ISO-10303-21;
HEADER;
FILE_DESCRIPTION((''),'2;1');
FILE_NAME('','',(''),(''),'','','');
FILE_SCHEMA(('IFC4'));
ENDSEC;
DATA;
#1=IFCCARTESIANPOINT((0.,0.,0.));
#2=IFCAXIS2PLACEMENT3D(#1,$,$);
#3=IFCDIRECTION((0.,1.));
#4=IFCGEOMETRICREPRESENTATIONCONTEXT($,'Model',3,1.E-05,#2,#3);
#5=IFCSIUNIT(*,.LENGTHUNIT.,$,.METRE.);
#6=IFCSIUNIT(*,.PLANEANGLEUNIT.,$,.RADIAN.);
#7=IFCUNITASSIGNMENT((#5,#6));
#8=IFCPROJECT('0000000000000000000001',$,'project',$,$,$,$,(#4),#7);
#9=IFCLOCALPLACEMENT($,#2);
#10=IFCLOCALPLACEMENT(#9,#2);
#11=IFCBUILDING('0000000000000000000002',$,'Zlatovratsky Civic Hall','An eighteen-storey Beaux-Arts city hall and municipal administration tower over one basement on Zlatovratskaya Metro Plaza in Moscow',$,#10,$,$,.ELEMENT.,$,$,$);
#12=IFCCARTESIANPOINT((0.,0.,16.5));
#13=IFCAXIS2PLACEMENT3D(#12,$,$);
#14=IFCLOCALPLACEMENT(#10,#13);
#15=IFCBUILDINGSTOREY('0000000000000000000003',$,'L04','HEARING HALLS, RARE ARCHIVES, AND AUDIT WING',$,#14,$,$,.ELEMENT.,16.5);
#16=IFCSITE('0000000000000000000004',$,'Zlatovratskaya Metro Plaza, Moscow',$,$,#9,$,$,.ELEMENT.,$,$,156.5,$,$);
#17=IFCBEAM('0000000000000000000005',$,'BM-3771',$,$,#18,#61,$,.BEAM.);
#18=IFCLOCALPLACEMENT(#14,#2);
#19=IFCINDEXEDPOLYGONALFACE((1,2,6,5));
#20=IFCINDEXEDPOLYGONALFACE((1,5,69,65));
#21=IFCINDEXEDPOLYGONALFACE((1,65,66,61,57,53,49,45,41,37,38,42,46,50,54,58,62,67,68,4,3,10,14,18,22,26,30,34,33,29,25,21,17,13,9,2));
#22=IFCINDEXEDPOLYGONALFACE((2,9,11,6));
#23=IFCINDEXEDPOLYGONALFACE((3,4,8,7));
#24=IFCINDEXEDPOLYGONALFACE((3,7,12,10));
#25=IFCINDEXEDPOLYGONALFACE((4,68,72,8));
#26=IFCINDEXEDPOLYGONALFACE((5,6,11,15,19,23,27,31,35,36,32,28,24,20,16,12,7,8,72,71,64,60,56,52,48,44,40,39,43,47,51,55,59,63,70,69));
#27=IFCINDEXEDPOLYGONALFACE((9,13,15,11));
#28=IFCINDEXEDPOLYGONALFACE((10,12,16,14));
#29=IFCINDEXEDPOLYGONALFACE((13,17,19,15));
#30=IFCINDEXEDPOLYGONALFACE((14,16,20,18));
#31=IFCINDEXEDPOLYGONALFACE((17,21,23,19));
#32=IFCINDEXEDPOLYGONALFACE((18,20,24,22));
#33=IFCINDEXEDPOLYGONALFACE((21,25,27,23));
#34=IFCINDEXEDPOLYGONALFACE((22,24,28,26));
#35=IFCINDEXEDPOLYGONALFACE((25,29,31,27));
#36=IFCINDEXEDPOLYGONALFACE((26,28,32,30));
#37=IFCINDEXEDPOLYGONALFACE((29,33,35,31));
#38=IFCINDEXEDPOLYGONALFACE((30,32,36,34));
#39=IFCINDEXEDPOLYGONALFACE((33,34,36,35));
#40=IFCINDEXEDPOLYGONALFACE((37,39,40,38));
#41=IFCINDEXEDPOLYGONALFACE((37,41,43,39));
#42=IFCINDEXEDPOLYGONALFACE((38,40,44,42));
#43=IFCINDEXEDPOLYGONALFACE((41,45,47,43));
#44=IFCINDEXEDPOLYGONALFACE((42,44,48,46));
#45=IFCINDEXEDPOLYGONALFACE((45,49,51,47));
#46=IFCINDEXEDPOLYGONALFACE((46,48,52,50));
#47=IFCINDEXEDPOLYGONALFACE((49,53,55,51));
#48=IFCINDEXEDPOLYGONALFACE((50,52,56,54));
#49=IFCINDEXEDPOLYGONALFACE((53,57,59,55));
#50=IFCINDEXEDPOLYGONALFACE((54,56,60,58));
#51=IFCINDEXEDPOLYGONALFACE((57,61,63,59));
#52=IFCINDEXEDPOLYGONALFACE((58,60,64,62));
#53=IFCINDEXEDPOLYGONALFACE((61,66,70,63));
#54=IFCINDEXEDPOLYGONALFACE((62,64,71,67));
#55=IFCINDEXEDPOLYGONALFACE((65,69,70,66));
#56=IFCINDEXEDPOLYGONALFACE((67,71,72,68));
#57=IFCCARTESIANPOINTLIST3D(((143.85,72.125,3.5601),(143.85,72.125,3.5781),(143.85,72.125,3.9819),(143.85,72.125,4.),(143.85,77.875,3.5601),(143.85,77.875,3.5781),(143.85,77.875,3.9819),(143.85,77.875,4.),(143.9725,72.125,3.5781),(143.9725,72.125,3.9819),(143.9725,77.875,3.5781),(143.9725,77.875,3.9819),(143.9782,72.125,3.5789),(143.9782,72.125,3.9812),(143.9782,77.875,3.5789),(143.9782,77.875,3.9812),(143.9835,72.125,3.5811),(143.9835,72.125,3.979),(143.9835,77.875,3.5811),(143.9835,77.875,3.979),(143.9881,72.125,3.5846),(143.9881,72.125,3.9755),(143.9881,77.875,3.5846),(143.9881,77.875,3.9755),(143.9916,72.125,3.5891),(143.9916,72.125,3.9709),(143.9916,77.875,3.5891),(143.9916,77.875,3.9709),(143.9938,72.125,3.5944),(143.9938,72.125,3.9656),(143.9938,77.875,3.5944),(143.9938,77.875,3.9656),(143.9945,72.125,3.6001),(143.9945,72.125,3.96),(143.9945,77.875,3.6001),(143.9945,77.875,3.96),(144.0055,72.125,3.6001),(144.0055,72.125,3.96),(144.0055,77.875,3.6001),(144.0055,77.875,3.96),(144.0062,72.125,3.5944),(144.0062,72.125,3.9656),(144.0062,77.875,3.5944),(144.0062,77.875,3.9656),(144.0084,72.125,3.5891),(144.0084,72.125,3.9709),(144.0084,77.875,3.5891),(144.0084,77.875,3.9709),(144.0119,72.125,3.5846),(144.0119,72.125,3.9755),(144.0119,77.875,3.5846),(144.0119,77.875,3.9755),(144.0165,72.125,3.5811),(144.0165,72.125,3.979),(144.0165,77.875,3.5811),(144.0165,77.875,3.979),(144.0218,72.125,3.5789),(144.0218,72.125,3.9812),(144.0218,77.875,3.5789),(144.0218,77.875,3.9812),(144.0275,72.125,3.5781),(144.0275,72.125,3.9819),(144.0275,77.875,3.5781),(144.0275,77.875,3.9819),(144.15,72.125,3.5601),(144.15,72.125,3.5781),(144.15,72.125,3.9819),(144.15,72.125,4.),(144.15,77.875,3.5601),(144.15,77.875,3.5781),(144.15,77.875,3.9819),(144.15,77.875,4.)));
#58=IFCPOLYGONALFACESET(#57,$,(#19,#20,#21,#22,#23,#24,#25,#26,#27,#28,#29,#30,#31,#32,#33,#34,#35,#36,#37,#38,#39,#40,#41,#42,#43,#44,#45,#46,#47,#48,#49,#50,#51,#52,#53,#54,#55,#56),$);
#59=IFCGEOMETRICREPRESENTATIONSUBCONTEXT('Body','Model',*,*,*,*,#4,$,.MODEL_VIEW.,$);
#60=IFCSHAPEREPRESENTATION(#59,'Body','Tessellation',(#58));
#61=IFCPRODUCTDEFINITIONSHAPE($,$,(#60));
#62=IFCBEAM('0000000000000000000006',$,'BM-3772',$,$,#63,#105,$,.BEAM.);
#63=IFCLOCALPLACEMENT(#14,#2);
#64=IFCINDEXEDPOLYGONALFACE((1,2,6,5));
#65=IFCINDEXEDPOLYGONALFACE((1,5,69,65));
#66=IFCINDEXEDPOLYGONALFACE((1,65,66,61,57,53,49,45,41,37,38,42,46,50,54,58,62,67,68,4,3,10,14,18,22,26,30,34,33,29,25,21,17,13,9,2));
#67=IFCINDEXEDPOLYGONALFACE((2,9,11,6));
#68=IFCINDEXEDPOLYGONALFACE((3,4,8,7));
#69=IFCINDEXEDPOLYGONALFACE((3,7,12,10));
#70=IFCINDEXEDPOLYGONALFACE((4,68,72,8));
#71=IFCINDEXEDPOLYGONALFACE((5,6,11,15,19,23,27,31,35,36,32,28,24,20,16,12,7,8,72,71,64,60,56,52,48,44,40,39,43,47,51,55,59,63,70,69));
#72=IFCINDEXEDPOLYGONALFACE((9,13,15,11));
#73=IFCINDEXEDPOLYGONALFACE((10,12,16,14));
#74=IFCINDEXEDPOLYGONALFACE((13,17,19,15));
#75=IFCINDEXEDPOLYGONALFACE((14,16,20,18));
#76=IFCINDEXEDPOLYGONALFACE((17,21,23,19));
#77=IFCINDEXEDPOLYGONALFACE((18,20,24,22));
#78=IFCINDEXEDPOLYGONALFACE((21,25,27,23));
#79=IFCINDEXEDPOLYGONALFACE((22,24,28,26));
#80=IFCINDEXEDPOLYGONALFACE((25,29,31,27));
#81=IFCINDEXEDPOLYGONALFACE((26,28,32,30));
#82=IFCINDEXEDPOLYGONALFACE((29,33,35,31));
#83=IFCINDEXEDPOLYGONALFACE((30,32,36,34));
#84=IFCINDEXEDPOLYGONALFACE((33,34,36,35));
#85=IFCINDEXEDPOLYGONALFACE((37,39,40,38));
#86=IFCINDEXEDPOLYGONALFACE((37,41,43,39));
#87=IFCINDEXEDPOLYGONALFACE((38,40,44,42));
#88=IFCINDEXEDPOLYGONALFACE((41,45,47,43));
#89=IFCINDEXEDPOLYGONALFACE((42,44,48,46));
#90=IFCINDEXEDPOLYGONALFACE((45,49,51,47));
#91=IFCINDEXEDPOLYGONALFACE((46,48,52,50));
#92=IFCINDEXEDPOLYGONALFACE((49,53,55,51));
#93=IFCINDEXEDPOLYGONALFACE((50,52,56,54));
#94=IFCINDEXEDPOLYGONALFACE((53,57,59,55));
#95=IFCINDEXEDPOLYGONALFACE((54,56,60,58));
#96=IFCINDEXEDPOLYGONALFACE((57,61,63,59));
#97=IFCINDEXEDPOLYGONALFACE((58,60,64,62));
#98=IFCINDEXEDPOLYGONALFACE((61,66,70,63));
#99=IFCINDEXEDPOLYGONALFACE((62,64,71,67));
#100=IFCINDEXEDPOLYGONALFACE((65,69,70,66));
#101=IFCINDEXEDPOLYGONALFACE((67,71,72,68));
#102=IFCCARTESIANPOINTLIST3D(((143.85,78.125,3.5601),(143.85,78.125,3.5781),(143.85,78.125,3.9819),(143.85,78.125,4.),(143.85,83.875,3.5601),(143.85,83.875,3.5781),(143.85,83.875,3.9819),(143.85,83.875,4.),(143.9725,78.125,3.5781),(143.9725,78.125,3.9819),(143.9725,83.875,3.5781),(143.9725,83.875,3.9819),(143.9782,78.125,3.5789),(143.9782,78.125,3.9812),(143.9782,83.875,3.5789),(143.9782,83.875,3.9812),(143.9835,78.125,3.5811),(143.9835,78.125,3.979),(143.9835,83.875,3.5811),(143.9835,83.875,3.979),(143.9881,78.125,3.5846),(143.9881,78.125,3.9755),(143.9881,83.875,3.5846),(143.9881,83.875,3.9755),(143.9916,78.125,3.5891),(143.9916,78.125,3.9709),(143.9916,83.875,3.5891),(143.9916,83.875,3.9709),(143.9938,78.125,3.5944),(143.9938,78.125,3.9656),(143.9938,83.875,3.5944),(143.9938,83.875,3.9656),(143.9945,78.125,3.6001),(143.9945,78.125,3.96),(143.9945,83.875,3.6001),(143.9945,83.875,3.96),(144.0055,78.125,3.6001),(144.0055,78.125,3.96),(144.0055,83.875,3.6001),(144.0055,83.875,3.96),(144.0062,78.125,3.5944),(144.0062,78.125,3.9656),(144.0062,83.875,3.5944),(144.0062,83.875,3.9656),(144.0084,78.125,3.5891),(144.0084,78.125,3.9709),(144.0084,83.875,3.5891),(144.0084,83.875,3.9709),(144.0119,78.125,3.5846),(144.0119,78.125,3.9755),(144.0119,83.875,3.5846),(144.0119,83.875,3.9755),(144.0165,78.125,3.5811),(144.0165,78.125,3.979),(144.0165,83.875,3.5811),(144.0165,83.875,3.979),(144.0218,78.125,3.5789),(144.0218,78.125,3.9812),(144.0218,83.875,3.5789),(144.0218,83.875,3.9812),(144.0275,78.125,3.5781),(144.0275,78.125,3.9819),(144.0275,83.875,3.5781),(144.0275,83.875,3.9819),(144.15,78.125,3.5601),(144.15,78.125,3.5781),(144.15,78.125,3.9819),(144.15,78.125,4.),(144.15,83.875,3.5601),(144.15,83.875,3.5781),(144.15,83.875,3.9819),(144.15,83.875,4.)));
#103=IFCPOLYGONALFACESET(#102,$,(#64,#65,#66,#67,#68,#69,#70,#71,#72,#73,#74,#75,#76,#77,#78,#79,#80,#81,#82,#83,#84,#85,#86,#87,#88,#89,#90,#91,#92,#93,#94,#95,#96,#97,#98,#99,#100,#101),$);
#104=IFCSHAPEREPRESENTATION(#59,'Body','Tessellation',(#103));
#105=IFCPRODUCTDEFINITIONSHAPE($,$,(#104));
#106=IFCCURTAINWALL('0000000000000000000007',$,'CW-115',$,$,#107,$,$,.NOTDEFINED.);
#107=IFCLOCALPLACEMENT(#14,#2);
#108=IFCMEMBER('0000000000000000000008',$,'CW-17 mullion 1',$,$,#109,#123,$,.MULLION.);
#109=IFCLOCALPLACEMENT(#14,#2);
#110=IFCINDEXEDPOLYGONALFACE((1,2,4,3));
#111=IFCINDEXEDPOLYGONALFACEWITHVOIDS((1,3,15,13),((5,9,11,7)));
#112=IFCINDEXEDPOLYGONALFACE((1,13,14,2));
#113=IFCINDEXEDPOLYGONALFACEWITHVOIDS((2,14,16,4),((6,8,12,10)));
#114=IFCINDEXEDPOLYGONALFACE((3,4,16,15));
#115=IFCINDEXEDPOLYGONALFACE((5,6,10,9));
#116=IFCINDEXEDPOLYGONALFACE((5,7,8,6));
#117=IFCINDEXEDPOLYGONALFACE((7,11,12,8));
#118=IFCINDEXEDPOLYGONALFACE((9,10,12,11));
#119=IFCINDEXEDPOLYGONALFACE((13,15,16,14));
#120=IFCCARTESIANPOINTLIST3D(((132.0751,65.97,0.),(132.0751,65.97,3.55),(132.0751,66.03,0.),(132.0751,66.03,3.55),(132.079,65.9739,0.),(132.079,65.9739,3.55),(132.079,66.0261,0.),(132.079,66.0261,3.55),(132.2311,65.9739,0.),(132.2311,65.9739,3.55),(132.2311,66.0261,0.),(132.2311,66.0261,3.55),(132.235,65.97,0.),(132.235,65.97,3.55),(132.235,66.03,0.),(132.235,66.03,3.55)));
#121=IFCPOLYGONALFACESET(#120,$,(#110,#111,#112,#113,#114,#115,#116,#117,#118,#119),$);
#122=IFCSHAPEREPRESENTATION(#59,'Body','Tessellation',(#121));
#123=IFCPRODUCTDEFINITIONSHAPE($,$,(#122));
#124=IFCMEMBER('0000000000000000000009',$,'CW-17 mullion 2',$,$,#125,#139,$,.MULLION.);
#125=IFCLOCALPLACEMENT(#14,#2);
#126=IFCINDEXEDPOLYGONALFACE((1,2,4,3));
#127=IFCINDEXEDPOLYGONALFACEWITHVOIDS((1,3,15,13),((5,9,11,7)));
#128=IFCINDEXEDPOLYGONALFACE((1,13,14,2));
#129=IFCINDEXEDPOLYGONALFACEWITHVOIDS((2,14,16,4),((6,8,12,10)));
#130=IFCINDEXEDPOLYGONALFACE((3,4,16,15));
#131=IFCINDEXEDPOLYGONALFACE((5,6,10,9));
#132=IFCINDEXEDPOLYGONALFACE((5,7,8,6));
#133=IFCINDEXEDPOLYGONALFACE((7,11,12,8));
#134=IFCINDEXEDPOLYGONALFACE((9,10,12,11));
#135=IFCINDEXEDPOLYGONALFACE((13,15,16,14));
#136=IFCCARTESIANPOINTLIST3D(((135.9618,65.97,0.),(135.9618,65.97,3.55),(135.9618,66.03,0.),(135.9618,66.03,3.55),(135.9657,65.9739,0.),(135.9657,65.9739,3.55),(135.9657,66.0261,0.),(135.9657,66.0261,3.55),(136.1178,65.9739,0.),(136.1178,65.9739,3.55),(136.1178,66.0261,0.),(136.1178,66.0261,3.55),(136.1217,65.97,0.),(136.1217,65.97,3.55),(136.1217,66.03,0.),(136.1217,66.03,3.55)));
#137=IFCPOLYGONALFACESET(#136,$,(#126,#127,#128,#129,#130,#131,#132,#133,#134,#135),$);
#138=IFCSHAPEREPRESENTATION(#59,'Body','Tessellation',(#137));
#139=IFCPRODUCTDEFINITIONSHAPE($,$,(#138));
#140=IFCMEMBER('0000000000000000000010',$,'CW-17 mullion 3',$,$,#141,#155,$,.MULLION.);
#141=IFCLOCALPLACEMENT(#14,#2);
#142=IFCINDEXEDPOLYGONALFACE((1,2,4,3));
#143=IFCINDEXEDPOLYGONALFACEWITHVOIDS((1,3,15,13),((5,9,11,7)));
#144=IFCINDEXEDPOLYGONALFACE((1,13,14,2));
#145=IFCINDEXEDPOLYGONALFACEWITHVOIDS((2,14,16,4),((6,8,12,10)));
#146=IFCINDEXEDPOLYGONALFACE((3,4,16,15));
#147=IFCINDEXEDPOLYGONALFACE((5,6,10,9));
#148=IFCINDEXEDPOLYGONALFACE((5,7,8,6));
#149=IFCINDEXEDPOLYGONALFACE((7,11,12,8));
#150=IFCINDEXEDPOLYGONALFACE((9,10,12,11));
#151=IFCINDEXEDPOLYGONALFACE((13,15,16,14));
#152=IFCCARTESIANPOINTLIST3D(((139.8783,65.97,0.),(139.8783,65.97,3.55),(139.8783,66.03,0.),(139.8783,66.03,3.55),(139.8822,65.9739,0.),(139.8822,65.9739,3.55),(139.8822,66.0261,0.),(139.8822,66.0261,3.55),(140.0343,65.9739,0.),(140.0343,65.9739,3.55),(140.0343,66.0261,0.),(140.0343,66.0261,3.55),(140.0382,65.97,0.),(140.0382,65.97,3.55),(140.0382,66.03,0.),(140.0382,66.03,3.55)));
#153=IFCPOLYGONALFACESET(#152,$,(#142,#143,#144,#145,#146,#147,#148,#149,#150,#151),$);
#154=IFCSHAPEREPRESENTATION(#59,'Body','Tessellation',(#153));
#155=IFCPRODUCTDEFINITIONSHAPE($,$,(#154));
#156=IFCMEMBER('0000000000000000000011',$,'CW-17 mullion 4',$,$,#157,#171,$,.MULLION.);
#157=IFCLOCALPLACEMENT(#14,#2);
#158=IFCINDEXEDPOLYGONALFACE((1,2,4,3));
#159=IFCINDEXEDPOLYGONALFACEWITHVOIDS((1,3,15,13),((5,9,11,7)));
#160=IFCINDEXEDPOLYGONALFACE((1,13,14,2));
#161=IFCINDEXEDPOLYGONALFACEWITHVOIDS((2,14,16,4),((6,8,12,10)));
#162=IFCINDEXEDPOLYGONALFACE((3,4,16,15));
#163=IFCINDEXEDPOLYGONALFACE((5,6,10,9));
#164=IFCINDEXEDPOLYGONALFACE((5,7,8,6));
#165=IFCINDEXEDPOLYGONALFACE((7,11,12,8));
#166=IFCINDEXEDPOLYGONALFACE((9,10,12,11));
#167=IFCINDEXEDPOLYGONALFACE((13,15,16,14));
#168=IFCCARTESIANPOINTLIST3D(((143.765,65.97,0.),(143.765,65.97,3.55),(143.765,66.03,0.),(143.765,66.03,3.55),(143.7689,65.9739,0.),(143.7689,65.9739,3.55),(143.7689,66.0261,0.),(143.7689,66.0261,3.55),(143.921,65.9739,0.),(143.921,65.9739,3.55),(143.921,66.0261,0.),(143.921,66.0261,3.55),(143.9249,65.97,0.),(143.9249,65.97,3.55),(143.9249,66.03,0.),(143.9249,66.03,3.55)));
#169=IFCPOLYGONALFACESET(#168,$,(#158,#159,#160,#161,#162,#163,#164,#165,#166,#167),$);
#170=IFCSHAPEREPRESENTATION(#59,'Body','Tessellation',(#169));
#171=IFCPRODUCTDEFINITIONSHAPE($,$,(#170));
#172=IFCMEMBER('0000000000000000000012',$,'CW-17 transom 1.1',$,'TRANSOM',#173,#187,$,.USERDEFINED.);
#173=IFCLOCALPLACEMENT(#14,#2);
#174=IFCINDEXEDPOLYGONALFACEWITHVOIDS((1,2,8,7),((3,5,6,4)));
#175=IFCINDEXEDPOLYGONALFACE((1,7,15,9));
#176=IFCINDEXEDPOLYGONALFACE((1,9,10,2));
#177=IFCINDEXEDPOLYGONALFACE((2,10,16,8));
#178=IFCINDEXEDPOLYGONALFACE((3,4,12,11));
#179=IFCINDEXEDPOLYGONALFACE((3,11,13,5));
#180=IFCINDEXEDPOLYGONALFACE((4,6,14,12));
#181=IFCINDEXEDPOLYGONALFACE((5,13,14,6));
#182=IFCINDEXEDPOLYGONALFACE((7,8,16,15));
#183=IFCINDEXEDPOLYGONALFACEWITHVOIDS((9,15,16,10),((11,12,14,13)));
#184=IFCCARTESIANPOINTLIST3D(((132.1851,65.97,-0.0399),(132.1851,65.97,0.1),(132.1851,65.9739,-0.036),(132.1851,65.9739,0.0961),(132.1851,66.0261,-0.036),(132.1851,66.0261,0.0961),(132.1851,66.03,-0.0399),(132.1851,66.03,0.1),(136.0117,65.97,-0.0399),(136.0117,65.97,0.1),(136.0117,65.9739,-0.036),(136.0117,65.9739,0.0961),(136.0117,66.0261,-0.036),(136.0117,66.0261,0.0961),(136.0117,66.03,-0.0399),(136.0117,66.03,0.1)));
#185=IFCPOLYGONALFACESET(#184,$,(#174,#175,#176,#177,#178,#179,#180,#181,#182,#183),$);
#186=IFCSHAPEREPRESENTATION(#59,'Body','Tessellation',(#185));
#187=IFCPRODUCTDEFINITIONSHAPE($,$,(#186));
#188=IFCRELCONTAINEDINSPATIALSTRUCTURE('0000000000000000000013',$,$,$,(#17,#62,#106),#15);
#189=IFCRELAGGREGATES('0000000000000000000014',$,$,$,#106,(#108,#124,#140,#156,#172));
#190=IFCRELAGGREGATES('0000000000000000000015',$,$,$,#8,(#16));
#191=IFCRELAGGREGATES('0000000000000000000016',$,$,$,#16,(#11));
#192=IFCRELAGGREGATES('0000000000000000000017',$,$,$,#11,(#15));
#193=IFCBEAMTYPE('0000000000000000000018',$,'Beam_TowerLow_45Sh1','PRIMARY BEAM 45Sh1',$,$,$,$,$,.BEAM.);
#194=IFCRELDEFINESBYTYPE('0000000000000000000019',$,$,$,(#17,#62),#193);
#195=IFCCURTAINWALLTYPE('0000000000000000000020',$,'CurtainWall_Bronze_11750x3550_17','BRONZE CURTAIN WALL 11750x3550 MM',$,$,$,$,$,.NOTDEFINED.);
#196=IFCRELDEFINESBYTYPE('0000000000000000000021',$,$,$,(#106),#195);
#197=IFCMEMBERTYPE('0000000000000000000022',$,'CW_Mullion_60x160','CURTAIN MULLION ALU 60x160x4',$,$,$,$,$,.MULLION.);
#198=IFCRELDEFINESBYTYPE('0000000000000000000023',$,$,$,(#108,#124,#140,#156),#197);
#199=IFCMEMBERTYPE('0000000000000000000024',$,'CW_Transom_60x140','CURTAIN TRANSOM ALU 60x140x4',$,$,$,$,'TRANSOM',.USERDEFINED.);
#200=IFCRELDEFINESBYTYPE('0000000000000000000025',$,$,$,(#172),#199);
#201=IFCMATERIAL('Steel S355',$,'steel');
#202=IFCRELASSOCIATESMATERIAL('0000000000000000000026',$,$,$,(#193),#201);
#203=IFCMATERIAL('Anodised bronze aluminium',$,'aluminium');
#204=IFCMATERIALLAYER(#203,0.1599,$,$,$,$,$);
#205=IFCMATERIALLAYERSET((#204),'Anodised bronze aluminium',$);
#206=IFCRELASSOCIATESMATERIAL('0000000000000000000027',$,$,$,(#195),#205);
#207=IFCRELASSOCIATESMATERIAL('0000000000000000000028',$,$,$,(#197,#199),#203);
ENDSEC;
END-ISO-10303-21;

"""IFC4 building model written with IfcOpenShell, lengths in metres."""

from ifc_helpers import new_model, si_unit, direction, frame, origin, origin_2d, place, context, subcontext, project, spatial, hollow_rectangle, i_section, extrude, material, layer, layer_set, material_profile, profile_set, type_object, element, aggregate, save


model = new_model("IFC4")

# Units and contexts
model_context = context("Model", 3, precision=1e-05, world=origin(), true_north=direction((0.0, 1.0)))
body_context = subcontext(model_context, "Body", "Model", "MODEL_VIEW")
ifc_project = project(units=[si_unit("LENGTHUNIT", "METRE"), si_unit("PLANEANGLEUNIT", "RADIAN")], contexts=[model_context])

# Site, building, storey
site_placement = place(None, origin())
site = spatial("IfcSite", under=ifc_project, at=site_placement, Name="Zlatovratskaya Metro Plaza, Moscow", CompositionType="ELEMENT", RefElevation=156.5)
building_placement = place(site_placement, origin())
building = spatial("IfcBuilding", under=site, at=building_placement, Name="Zlatovratsky Civic Hall", Description="An eighteen-storey Beaux-Arts city hall and municipal administration tower over one basement on Zlatovratskaya Metro Plaza in Moscow", CompositionType="ELEMENT")
storey_placement = place(building_placement, frame((0.0, 0.0, 16.5)))
storey = spatial("IfcBuildingStorey", under=building, at=storey_placement, Name="L04", Description="HEARING HALLS, RARE ARCHIVES, AND AUDIT WING", CompositionType="ELEMENT", Elevation=16.5)

# Shared definitions
ifc_material_1 = material(Name="Steel S355", Category="steel")

# Beams
ifc_material_profile_1 = material_profile(ifc_material_1, i_section(OverallWidth=0.3, OverallDepth=0.4399, WebThickness=0.011, FlangeThickness=0.0181, FilletRadius=0.022, at=origin_2d()), Name="45Sh1")
ifc_profile_set_1 = profile_set([ifc_material_profile_1], Name="Steel S355")
beam_type_1 = type_object("IfcBeamType", Name="Beam_TowerLow_45Sh1", Description="PRIMARY BEAM 45Sh1", PredefinedType="BEAM", material=ifc_profile_set_1)
for number, where, z_axis, x_axis, name in (
    (1, (144.0, 72.125, 3.78), (0.0, 1.0, 0.0), (-1.0, 0.0, 0.0), "BM-3771"),
    (2, (144.0, 78.125, 3.78), (0.0, 1.0, 0.0), (-1.0, 0.0, 0.0), "BM-3772"),
):
    element("IfcBeam", number, at=place(storey_placement, frame(where, z_axis=z_axis, x_axis=x_axis)), inside=storey, type_object=beam_type_1, Name=name, PredefinedType="BEAM", context=body_context, shape_type="SweptSolid", body=[
        extrude(i_section(OverallWidth=0.3, OverallDepth=0.4399, WebThickness=0.011, FlangeThickness=0.0181, FilletRadius=0.022, at=origin_2d()), origin(), (0.0, 0.0, 1.0), 5.75),
    ])

# Curtain wall, members
ifc_material_2 = material(Name="Anodised bronze aluminium", Category="aluminium")
ifc_layer_1 = layer(ifc_material_2, 0.1599)
ifc_layer_set_1 = layer_set([ifc_layer_1], Name="Anodised bronze aluminium")
curtain_wall_type = type_object("IfcCurtainWallType", Name="CurtainWall_Bronze_11750x3550_17", Description="BRONZE CURTAIN WALL 11750x3550 MM", PredefinedType="NOTDEFINED", material=ifc_layer_set_1)
curtain_wall_placement = place(storey_placement, origin())
curtain_wall = element("IfcCurtainWall", 3, at=curtain_wall_placement, inside=storey, type_object=curtain_wall_type, Name="CW-115", PredefinedType="NOTDEFINED")
ifc_material_profile_2 = material_profile(ifc_material_2, hollow_rectangle(XDim=0.0601, YDim=0.1599, WallThickness=0.0039, at=origin_2d()), Name="ALU 60x160x4")
ifc_profile_set_2 = profile_set([ifc_material_profile_2], Name="Anodised bronze aluminium")
member_type_1 = type_object("IfcMemberType", Name="CW_Mullion_60x160", Description="CURTAIN MULLION ALU 60x160x4", PredefinedType="MULLION", material=ifc_profile_set_2)
member_1_placement = place(storey_placement, frame((132.155, 66.0, 0.0), z_axis=(0.0, 0.0, 1.0), x_axis=(0.0, 1.0, 0.0)))
member_1 = element("IfcMember", 4, at=member_1_placement, type_object=member_type_1, Name="CW-17 mullion 1", PredefinedType="MULLION", context=body_context, shape_type="SweptSolid", body=[
    extrude(hollow_rectangle(XDim=0.0601, YDim=0.1599, WallThickness=0.0039, at=origin_2d()), origin(), (0.0, 0.0, 1.0), 3.55),
])
member_2_placement = place(storey_placement, frame((136.0417, 66.0, 0.0), z_axis=(0.0, 0.0, 1.0), x_axis=(0.0, 1.0, 0.0)))
member_2 = element("IfcMember", 5, at=member_2_placement, type_object=member_type_1, Name="CW-17 mullion 2", PredefinedType="MULLION", context=body_context, shape_type="SweptSolid", body=[
    extrude(hollow_rectangle(XDim=0.0601, YDim=0.1599, WallThickness=0.0039, at=origin_2d()), origin(), (0.0, 0.0, 1.0), 3.55),
])
member_3_placement = place(storey_placement, frame((139.9583, 66.0, 0.0), z_axis=(0.0, 0.0, 1.0), x_axis=(0.0, 1.0, 0.0)))
member_3 = element("IfcMember", 6, at=member_3_placement, type_object=member_type_1, Name="CW-17 mullion 3", PredefinedType="MULLION", context=body_context, shape_type="SweptSolid", body=[
    extrude(hollow_rectangle(XDim=0.0601, YDim=0.1599, WallThickness=0.0039, at=origin_2d()), origin(), (0.0, 0.0, 1.0), 3.55),
])
member_4_placement = place(storey_placement, frame((143.845, 66.0, 0.0), z_axis=(0.0, 0.0, 1.0), x_axis=(0.0, 1.0, 0.0)))
member_4 = element("IfcMember", 7, at=member_4_placement, type_object=member_type_1, Name="CW-17 mullion 4", PredefinedType="MULLION", context=body_context, shape_type="SweptSolid", body=[
    extrude(hollow_rectangle(XDim=0.0601, YDim=0.1599, WallThickness=0.0039, at=origin_2d()), origin(), (0.0, 0.0, 1.0), 3.55),
])
ifc_material_profile_3 = material_profile(ifc_material_2, hollow_rectangle(XDim=0.0601, YDim=0.1399, WallThickness=0.0039, at=origin_2d()), Name="ALU 60x140x4")
ifc_profile_set_3 = profile_set([ifc_material_profile_3], Name="Anodised bronze aluminium")
member_type_2 = type_object("IfcMemberType", Name="CW_Transom_60x140", Description="CURTAIN TRANSOM ALU 60x140x4", ElementType="TRANSOM", PredefinedType="USERDEFINED", material=ifc_profile_set_3)
member_5_placement = place(storey_placement, frame((132.1851, 66.0, 0.03), z_axis=(1.0, 0.0, 0.0), x_axis=(0.0, 1.0, 0.0)))
member_5 = element("IfcMember", 8, at=member_5_placement, type_object=member_type_2, Name="CW-17 transom 1.1", ObjectType="TRANSOM", PredefinedType="USERDEFINED", context=body_context, shape_type="SweptSolid", body=[
    extrude(hollow_rectangle(XDim=0.0601, YDim=0.1399, WallThickness=0.0039, at=origin_2d()), origin(), (0.0, 0.0, 1.0), 3.8267),
])

aggregate(curtain_wall, [member_1, member_2, member_3, member_4, member_5])

save(model, "model.ifc")
